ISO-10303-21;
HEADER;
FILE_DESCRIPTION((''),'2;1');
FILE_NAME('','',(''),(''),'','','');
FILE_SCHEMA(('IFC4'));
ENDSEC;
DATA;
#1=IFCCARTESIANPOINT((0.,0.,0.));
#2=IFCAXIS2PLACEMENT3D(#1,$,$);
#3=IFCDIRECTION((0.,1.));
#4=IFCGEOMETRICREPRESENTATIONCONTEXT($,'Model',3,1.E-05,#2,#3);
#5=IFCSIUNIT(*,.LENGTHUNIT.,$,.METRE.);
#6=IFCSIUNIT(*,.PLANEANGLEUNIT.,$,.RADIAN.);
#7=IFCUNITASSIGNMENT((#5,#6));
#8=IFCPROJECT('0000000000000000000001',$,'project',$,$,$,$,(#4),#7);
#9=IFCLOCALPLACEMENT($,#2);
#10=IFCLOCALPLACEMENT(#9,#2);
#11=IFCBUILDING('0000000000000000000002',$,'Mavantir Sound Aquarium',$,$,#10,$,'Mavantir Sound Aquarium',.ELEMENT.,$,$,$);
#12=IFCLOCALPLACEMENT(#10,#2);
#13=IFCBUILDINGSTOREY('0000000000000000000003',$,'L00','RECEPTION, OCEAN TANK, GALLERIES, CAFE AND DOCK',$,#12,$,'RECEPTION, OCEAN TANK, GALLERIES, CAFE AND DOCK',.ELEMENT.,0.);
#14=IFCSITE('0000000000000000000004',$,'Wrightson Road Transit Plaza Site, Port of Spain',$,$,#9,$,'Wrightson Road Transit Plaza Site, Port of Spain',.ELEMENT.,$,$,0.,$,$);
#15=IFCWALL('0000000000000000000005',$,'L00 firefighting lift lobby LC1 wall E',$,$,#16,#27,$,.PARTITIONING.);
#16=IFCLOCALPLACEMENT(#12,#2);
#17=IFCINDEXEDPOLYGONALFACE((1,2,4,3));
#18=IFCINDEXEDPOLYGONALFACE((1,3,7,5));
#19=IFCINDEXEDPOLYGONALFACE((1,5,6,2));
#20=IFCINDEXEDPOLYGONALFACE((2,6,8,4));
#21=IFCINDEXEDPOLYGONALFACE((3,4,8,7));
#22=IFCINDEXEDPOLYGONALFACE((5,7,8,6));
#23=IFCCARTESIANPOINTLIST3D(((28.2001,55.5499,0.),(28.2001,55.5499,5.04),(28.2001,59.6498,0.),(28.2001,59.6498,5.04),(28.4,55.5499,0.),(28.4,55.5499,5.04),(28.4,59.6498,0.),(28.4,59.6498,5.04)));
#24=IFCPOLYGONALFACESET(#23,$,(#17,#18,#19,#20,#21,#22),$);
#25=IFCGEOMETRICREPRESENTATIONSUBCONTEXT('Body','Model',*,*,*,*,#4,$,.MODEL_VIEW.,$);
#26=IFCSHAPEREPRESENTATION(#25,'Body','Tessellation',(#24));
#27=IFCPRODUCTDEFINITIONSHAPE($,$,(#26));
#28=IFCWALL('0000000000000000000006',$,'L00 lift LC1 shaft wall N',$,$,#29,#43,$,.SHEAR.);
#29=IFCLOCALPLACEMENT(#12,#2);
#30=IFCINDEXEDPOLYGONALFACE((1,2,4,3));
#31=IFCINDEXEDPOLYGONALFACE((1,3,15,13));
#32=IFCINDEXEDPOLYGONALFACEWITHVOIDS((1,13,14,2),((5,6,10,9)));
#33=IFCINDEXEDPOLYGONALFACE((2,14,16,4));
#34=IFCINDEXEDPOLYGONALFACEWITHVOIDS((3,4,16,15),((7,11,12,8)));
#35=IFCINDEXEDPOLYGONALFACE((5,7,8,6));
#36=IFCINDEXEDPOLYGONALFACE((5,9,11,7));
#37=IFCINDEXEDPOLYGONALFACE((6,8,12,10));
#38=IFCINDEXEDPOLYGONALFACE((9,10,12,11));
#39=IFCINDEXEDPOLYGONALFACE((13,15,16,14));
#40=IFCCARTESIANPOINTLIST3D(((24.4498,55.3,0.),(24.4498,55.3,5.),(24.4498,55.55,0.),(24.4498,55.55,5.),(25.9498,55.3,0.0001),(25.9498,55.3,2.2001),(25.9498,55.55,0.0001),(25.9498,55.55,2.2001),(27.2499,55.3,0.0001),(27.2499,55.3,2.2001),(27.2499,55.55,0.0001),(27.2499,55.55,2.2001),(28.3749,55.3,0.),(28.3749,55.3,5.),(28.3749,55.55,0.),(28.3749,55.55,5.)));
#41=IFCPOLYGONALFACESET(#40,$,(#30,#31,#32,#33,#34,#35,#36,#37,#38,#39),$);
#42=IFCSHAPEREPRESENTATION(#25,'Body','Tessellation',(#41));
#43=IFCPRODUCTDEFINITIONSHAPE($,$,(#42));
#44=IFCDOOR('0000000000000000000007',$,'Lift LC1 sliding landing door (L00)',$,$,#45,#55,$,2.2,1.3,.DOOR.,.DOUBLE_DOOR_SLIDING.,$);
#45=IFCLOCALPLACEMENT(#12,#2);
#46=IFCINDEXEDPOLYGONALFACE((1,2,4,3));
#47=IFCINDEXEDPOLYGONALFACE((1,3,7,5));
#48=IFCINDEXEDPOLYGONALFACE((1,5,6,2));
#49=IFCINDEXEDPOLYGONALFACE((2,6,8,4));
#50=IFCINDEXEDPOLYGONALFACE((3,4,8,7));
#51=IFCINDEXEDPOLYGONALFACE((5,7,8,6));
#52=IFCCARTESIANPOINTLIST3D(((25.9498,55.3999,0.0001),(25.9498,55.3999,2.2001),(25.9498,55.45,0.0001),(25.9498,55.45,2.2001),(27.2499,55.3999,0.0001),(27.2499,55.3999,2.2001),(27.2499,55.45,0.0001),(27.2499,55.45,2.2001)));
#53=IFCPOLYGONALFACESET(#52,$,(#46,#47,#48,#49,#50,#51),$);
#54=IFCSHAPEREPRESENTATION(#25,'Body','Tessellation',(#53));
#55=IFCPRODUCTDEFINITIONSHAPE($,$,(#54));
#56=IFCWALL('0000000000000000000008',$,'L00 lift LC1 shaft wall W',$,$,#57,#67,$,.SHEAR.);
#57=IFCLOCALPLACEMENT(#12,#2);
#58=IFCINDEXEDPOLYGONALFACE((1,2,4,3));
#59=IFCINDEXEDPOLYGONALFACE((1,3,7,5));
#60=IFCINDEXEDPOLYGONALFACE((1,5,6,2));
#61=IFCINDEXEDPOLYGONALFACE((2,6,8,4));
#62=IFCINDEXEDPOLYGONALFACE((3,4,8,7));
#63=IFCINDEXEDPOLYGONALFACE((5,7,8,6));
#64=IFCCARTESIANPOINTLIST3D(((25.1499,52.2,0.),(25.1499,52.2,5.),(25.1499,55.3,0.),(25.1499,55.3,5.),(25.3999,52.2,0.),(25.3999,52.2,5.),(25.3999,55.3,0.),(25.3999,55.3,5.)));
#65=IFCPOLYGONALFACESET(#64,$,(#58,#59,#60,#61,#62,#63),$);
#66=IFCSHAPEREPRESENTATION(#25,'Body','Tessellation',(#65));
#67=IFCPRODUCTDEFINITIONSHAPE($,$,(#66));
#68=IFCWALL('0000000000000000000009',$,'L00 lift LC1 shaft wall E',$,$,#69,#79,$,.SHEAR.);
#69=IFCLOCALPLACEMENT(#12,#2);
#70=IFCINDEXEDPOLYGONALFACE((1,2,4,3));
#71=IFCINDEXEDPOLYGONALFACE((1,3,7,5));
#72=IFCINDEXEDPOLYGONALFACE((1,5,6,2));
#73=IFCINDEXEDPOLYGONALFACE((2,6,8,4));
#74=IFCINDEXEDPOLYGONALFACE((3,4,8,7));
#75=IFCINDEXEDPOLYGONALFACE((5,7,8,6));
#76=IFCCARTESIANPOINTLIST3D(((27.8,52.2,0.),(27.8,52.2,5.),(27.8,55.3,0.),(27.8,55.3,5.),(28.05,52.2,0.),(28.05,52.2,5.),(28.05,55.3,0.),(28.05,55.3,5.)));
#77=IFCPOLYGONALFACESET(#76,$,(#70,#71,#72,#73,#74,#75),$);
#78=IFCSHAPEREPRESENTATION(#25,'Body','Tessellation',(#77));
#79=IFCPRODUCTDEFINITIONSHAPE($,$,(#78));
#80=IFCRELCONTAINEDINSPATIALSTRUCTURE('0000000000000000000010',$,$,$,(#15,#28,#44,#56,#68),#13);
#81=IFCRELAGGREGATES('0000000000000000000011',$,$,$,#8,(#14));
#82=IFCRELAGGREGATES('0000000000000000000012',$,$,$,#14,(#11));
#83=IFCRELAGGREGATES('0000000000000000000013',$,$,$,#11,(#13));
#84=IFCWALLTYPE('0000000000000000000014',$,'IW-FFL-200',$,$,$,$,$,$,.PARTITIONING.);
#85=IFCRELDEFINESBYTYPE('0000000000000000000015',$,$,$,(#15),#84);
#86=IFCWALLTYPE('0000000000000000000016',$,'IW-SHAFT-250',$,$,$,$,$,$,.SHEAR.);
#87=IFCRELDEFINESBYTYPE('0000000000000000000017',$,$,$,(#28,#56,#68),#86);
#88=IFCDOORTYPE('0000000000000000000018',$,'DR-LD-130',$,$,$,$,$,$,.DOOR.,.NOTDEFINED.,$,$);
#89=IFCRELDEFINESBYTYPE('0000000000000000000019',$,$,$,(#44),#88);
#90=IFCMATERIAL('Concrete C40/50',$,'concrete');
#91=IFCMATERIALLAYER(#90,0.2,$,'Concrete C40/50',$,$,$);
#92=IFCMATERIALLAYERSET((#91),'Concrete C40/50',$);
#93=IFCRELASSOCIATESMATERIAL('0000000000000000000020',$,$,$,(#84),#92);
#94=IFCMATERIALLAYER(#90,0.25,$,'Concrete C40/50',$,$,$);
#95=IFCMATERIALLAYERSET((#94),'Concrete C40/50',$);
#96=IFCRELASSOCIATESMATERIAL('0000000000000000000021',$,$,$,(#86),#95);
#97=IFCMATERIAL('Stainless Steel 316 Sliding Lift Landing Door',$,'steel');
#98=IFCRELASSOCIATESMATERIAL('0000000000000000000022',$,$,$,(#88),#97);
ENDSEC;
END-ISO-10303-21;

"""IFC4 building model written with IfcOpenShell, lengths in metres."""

from ifc_helpers import new_model, si_unit, direction, frame, frame_2d, origin, place, context, subcontext, project, spatial, rectangle, extrude, material, layer, layer_set, type_object, element, fill, save


model = new_model("IFC4")

# Units and contexts
model_context = context("Model", 3, precision=1e-05, world=origin(), true_north=direction((0.0, 1.0)))
body_context = subcontext(model_context, "Body", "Model", "MODEL_VIEW")
ifc_project = project(units=[si_unit("LENGTHUNIT", "METRE"), si_unit("PLANEANGLEUNIT", "RADIAN")], contexts=[model_context])

# Site, building, storey
site_placement = place(None, origin())
site = spatial("IfcSite", under=ifc_project, at=site_placement, Name="Wrightson Road Transit Plaza Site, Port of Spain", LongName="Wrightson Road Transit Plaza Site, Port of Spain", CompositionType="ELEMENT", RefElevation=0.0)
building_placement = place(site_placement, origin())
building = spatial("IfcBuilding", under=site, at=building_placement, Name="Mavantir Sound Aquarium", LongName="Mavantir Sound Aquarium", CompositionType="ELEMENT")
storey_placement = place(building_placement, origin())
storey = spatial("IfcBuildingStorey", under=building, at=storey_placement, Name="L00", Description="RECEPTION, OCEAN TANK, GALLERIES, CAFE AND DOCK", LongName="RECEPTION, OCEAN TANK, GALLERIES, CAFE AND DOCK", CompositionType="ELEMENT", Elevation=0.0)

# Shared definitions
ifc_material_1 = material(Name="Concrete C40/50", Category="concrete")

# Wall
ifc_layer_1 = layer(ifc_material_1, 0.2, Name="Concrete C40/50")
ifc_layer_set_1 = layer_set([ifc_layer_1], Name="Concrete C40/50")
wall_type_1 = type_object("IfcWallType", Name="IW-FFL-200", PredefinedType="PARTITIONING", material=ifc_layer_set_1)
for number, where, z_axis, x_axis, name in (
    (1, (28.3, 55.55, 0.0), (0.0, 0.0, 1.0), (0.0, 1.0, 0.0), "L00 firefighting lift lobby LC1 wall E"),
):
    element("IfcWall", number, at=place(storey_placement, frame(where, z_axis=z_axis, x_axis=x_axis)), inside=storey, type_object=wall_type_1, Name=name, PredefinedType="PARTITIONING", context=body_context, shape_type="SweptSolid", body=[
        extrude(rectangle(XDim=4.0999, YDim=0.2, at=frame_2d((2.0498, 0.0))), origin(), (0.0, 0.0, 1.0), 5.04),
    ])

# Wall, opening, door
ifc_layer_2 = layer(ifc_material_1, 0.25, Name="Concrete C40/50")
ifc_layer_set_2 = layer_set([ifc_layer_2], Name="Concrete C40/50")
wall_type_2 = type_object("IfcWallType", Name="IW-SHAFT-250", PredefinedType="SHEAR", material=ifc_layer_set_2)
wall_placement = place(storey_placement, frame((24.45, 55.425, 0.0), z_axis=(0.0, 0.0, 1.0), x_axis=(1.0, 0.0, 0.0)))
wall = element("IfcWall", 2, at=wall_placement, inside=storey, type_object=wall_type_2, Name="L00 lift LC1 shaft wall N", PredefinedType="SHEAR", context=body_context, shape_type="SweptSolid", body=[
    extrude(rectangle(XDim=3.925, YDim=0.25, at=frame_2d((1.9624, 0.0))), origin(), (0.0, 0.0, 1.0), 5.0),
])
opening_placement = place(wall_placement, frame((1.5, 0.0, 0.0)))
opening = element("IfcOpeningElement", 3, at=opening_placement, cuts=wall, PredefinedType="OPENING", context=body_context, shape_type="SweptSolid", body=[
    extrude(rectangle(XDim=1.3, YDim=2.2, at=frame_2d((0.6499, 1.1001))), frame((0.0, 0.135, 0.0), z_axis=(0.0, -1.0, 0.0), x_axis=(1.0, 0.0, 0.0)), (0.0, 0.0, 1.0), 0.27),
])
ifc_material_2 = material(Name="Stainless Steel 316 Sliding Lift Landing Door", Category="steel")
door_type = type_object("IfcDoorType", Name="DR-LD-130", OperationType="NOTDEFINED", PredefinedType="DOOR", material=ifc_material_2)
door_placement = place(opening_placement, origin())
door = element("IfcDoor", 4, at=door_placement, inside=storey, type_object=door_type, Name="Lift LC1 sliding landing door (L00)", OperationType="DOUBLE_DOOR_SLIDING", OverallHeight=2.2, OverallWidth=1.3, PredefinedType="DOOR", context=body_context, shape_type="SweptSolid", body=[
    extrude(rectangle(XDim=1.3, YDim=2.2, at=frame_2d((0.6499, 1.1001))), frame((0.0, 0.0249, 0.0), z_axis=(0.0, -1.0, 0.0), x_axis=(1.0, 0.0, 0.0)), (0.0, 0.0, 1.0), 0.05),
])
fill(opening, door)

# Walls
for number, where, z_axis, x_axis, name in (
    (5, (25.2749, 52.2, 0.0), (0.0, 0.0, 1.0), (0.0, 1.0, 0.0), "L00 lift LC1 shaft wall W"),
    (6, (27.925, 52.2, 0.0), (0.0, 0.0, 1.0), (0.0, 1.0, 0.0), "L00 lift LC1 shaft wall E"),
):
    element("IfcWall", number, at=place(storey_placement, frame(where, z_axis=z_axis, x_axis=x_axis)), inside=storey, type_object=wall_type_2, Name=name, PredefinedType="SHEAR", context=body_context, shape_type="SweptSolid", body=[
        extrude(rectangle(XDim=3.1001, YDim=0.25, at=frame_2d((1.55, 0.0))), origin(), (0.0, 0.0, 1.0), 5.0),
    ])

save(model, "model.ifc")
